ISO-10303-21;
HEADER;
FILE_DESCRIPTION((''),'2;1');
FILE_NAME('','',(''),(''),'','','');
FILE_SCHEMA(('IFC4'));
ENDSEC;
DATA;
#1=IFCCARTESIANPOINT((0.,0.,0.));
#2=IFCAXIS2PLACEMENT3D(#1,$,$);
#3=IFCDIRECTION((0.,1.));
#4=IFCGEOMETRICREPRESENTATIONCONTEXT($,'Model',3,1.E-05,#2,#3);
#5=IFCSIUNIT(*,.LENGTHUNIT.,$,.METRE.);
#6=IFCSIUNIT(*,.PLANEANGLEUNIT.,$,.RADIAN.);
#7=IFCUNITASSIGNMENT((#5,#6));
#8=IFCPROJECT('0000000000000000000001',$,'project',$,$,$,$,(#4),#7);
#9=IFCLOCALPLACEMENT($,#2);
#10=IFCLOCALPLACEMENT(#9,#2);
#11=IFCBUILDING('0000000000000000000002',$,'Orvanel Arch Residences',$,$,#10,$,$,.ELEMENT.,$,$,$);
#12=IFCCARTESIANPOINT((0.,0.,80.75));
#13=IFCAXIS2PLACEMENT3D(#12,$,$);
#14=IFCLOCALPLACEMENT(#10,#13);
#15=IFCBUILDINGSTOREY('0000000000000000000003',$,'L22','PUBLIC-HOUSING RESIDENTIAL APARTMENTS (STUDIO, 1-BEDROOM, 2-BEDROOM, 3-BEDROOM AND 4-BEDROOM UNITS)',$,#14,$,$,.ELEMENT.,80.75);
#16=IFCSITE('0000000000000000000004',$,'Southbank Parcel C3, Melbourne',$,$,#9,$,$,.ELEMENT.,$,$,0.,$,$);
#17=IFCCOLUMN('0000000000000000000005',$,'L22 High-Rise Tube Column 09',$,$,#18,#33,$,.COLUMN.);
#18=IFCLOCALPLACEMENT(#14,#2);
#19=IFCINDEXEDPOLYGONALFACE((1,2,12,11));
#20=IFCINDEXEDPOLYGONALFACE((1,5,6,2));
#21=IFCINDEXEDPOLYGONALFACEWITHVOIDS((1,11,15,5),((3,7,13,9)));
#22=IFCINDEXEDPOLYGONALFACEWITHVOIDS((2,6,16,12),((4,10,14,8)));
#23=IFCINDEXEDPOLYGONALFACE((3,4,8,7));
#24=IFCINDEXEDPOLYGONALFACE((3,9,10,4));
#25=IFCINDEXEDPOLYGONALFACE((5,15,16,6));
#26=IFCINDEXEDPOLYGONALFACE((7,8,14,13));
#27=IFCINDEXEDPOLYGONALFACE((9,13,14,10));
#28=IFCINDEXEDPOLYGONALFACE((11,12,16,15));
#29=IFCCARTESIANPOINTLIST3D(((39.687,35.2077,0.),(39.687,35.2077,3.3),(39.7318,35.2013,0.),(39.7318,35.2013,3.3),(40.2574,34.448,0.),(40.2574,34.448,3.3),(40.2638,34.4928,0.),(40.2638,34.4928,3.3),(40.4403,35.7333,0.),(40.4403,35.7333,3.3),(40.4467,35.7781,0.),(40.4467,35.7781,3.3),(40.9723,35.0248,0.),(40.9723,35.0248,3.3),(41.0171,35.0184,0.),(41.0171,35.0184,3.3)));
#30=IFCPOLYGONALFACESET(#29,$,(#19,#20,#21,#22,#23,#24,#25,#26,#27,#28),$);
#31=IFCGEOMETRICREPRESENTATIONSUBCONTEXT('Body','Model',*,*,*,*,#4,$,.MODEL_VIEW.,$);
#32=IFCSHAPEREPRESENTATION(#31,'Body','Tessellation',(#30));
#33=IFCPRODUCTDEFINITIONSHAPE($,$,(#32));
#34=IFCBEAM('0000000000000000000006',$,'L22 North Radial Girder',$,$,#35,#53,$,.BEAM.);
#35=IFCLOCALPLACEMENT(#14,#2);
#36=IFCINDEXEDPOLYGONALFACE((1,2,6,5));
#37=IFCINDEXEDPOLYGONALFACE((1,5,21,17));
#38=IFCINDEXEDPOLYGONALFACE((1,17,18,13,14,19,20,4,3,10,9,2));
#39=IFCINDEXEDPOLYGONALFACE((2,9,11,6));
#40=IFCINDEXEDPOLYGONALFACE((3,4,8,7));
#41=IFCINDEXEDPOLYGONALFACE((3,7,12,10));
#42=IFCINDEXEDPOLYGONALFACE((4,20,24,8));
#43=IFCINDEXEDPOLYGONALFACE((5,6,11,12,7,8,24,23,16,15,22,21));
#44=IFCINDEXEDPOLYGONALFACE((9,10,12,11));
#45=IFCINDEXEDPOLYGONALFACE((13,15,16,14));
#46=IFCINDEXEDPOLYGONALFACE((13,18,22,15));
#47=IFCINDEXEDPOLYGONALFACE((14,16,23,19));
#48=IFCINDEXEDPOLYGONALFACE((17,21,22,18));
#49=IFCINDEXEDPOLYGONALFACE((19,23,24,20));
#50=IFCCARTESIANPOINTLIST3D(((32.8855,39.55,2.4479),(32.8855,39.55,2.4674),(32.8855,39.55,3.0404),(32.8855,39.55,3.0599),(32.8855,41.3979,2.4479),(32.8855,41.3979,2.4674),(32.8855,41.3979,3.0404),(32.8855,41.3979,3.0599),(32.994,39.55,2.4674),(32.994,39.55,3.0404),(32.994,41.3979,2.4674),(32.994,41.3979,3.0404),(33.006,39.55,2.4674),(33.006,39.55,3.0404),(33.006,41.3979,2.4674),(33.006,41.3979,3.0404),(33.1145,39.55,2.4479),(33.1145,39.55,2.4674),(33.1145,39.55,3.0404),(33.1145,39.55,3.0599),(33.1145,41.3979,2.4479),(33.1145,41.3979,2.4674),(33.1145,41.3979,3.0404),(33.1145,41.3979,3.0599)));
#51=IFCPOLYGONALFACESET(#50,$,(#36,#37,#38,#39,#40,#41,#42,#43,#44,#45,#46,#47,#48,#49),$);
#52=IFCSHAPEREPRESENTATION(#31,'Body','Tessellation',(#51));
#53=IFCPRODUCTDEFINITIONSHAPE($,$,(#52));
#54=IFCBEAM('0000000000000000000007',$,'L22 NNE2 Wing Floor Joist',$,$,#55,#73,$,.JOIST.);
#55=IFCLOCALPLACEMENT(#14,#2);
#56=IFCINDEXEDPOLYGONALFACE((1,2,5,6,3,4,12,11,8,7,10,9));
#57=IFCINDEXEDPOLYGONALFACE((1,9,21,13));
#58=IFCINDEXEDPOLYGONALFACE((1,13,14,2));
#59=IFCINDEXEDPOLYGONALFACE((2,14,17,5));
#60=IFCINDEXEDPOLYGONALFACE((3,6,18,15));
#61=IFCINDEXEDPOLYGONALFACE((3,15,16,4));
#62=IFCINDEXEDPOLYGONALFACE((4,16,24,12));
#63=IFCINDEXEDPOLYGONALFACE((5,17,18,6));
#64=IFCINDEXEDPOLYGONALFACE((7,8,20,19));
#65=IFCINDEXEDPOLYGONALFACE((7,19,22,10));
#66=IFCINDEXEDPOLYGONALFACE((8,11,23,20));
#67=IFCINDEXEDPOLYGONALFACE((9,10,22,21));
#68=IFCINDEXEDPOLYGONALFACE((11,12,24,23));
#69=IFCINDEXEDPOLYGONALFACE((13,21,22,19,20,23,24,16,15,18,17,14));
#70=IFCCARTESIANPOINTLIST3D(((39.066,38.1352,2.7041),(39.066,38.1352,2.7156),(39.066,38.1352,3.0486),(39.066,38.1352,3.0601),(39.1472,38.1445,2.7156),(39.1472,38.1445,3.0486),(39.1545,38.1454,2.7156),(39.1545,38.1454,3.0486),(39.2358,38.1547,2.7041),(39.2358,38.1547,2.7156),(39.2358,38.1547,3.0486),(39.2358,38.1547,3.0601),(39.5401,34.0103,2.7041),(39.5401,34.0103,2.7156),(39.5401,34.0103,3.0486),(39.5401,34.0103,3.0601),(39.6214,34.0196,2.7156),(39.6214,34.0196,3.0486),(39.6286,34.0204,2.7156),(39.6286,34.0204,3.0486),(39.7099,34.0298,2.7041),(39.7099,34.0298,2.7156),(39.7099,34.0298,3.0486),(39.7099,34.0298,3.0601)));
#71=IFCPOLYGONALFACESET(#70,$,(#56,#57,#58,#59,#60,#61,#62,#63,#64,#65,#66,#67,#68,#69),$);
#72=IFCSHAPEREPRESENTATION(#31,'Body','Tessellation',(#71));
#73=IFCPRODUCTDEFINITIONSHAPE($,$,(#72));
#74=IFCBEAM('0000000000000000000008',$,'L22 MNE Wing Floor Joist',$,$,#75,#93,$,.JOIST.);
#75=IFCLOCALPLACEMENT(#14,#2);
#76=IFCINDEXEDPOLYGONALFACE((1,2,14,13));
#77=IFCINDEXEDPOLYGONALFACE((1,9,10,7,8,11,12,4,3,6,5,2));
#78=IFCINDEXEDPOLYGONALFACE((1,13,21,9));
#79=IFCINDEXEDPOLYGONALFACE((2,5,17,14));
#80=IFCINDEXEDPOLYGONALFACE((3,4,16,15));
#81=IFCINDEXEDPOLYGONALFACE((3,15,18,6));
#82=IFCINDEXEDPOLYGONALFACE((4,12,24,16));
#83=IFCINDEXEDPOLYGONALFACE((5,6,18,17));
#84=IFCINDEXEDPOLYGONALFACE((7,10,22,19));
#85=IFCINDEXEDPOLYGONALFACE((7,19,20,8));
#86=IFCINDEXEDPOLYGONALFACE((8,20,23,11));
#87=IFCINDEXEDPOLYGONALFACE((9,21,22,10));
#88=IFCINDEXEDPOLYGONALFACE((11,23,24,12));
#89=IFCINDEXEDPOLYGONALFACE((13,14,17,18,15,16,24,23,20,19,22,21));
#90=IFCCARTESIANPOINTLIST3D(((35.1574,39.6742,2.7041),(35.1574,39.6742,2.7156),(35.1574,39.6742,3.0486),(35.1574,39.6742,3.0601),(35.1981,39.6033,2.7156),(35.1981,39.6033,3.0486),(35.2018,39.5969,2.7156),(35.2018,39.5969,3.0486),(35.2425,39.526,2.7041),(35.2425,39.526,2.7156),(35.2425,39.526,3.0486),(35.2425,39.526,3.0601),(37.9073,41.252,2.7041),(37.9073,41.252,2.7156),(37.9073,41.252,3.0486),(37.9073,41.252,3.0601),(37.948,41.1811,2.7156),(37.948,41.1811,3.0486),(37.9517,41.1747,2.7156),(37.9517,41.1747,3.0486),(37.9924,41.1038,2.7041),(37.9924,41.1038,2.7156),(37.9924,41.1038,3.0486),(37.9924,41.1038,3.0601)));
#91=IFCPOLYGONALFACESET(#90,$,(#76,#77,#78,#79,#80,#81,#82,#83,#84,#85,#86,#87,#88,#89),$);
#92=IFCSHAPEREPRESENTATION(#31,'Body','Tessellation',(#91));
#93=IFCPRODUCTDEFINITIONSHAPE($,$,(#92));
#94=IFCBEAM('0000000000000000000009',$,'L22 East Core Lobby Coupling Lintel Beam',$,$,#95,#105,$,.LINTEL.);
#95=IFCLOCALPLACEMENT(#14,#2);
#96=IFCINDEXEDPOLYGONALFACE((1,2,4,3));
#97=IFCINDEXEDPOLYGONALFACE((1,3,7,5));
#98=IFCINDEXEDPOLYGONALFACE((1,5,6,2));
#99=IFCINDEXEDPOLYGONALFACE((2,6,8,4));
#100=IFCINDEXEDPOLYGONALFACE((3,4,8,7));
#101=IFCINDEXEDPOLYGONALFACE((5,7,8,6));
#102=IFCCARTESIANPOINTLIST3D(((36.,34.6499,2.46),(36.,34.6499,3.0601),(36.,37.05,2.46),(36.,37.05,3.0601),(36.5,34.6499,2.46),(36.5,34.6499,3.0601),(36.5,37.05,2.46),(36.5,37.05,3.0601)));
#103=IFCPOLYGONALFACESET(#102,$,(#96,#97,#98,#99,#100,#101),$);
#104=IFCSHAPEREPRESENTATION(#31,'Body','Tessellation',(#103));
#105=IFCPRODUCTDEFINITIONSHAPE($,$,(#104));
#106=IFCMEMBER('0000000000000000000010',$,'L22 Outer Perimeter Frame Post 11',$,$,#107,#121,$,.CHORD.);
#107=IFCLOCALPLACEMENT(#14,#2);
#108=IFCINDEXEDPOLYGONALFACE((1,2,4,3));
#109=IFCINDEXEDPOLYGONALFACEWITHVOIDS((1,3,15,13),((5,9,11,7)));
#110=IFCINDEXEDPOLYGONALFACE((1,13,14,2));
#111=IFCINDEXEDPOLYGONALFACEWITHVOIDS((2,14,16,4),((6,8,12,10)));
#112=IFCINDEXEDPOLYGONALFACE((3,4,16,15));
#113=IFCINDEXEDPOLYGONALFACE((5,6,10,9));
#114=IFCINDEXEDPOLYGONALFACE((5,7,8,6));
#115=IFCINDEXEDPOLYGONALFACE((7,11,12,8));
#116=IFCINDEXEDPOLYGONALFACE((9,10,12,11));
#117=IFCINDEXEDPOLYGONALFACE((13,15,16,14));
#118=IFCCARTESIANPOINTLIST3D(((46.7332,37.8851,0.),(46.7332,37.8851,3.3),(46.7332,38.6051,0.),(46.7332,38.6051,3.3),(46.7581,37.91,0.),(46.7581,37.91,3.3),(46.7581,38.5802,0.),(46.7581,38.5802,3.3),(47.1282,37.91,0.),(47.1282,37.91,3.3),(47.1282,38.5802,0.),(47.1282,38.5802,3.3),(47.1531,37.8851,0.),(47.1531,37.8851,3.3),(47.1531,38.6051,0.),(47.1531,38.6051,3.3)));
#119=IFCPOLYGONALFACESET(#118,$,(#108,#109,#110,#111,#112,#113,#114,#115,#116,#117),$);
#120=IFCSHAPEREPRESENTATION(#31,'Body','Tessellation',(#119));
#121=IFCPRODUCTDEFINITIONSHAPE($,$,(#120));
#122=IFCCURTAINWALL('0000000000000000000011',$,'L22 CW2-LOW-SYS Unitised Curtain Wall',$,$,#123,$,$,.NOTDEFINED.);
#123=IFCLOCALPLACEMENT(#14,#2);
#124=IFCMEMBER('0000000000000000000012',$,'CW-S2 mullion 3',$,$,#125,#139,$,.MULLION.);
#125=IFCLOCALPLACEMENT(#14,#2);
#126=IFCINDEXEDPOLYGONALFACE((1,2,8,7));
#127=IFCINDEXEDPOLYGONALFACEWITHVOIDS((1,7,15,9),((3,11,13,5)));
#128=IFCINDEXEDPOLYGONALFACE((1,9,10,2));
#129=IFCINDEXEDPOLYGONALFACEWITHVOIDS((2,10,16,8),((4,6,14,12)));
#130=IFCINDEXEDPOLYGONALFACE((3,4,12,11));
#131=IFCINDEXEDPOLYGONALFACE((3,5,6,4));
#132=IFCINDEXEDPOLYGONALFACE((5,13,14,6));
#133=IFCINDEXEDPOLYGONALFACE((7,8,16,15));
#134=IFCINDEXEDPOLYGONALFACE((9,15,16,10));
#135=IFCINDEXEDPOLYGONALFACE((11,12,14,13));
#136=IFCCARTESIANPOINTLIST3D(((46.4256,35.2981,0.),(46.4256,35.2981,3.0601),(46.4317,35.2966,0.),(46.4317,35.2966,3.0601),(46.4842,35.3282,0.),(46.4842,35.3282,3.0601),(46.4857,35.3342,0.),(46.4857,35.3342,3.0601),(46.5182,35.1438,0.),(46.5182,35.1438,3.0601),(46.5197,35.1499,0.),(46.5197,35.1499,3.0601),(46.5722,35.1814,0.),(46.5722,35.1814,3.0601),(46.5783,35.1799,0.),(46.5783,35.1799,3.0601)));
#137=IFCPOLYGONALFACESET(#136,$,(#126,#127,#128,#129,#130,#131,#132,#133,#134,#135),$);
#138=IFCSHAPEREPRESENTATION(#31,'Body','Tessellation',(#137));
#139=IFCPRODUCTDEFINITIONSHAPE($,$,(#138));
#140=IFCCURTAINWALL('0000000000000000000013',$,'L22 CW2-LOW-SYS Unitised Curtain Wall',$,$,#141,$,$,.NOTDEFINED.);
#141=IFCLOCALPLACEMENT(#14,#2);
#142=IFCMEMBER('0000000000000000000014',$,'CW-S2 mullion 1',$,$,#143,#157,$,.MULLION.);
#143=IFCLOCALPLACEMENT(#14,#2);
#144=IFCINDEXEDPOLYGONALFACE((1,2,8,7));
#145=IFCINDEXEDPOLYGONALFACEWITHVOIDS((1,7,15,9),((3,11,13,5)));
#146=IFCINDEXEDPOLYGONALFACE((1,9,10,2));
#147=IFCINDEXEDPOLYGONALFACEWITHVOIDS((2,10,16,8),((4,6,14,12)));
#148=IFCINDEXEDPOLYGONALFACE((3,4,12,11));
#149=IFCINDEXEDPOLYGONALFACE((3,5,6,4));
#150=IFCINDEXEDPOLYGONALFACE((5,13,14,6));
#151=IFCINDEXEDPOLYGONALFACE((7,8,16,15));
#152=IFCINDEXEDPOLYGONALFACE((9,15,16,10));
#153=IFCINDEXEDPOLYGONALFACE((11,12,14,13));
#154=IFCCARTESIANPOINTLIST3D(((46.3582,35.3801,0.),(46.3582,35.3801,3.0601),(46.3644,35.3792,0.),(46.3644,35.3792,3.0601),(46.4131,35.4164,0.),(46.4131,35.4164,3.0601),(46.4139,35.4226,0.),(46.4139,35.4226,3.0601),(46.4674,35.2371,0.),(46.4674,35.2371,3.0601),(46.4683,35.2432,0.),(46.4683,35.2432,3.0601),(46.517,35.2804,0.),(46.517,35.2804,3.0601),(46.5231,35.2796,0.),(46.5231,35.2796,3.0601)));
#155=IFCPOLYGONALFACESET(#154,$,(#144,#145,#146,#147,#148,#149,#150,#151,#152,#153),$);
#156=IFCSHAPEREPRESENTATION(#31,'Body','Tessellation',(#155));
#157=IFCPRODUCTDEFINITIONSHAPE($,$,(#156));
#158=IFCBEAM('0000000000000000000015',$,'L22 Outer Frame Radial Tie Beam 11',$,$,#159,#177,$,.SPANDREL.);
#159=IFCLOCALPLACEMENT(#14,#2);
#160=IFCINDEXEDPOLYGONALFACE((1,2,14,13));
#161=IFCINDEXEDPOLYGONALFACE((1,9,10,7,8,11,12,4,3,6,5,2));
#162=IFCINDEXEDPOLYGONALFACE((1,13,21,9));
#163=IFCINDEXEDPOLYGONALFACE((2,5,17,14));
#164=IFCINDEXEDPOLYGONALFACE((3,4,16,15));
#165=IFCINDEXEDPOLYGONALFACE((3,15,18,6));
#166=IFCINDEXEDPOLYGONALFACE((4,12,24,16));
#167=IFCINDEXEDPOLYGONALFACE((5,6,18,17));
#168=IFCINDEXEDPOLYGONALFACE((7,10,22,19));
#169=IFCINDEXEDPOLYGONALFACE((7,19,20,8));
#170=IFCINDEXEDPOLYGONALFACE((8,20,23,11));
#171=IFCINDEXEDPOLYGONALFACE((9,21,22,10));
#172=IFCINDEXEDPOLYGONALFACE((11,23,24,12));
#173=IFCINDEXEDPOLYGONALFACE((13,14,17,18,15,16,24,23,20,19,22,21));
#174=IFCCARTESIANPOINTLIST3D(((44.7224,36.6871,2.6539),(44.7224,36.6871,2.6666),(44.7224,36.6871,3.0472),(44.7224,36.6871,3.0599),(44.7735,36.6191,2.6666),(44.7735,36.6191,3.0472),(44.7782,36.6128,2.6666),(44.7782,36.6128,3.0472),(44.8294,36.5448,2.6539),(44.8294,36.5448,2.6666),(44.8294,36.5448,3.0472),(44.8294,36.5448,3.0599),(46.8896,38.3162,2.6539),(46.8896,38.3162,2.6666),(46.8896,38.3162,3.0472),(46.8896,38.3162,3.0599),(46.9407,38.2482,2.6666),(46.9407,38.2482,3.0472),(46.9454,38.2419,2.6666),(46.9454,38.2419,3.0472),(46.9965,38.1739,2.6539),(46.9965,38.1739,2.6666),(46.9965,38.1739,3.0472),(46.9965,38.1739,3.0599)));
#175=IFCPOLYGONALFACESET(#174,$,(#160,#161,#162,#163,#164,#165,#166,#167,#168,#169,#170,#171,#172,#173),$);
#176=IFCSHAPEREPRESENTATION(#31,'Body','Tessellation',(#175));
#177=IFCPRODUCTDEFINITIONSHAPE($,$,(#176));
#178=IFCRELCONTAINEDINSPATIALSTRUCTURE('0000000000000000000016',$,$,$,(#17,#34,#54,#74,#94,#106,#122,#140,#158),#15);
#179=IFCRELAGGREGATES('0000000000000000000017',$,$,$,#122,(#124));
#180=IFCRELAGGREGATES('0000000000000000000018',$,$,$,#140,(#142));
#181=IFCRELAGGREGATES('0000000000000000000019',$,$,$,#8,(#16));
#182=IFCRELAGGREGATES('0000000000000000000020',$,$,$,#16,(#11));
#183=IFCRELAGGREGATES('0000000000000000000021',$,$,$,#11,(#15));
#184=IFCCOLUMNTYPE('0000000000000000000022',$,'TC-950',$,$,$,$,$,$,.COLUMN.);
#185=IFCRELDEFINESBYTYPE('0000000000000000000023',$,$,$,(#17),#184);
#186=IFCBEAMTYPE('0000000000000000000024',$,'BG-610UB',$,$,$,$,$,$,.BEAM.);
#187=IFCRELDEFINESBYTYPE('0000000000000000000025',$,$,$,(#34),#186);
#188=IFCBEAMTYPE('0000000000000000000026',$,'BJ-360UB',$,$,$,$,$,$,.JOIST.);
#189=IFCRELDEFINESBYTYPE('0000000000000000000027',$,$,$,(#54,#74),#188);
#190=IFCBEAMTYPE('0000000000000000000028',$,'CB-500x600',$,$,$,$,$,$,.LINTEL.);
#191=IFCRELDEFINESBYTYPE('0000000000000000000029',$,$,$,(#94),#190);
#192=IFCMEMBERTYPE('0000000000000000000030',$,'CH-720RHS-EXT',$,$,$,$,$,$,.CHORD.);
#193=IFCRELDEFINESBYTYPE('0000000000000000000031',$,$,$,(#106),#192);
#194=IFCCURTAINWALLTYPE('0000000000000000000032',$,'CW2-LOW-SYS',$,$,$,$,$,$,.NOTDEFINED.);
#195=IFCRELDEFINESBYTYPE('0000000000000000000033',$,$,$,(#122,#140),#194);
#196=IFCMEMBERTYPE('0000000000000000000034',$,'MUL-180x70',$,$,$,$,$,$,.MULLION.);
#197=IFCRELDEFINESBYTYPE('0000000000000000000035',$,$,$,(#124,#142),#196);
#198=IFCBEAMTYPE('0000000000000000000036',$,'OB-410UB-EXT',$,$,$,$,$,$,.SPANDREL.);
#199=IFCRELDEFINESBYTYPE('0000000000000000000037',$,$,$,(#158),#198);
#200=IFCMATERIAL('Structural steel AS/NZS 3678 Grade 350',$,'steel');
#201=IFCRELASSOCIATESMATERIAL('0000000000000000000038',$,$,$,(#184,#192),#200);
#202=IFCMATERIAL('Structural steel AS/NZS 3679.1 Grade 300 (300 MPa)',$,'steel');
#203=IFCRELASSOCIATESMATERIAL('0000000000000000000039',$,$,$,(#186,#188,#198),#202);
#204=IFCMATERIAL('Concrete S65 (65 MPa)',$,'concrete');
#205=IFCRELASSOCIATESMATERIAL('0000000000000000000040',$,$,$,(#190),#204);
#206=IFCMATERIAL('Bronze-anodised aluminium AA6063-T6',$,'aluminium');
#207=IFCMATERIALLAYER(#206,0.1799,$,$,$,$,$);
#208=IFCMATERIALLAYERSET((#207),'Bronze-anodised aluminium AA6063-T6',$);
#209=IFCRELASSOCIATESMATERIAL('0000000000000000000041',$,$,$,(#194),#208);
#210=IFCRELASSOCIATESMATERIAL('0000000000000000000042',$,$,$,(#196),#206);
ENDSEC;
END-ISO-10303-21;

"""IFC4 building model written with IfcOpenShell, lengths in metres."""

from ifc_helpers import new_model, si_unit, direction, frame, origin, origin_2d, place, context, subcontext, project, spatial, rectangle, hollow_rectangle, i_section, extrude, material, layer, layer_set, material_profile, profile_set, type_object, element, aggregate, save


model = new_model("IFC4")

# Units and contexts
model_context = context("Model", 3, precision=1e-05, world=origin(), true_north=direction((0.0, 1.0)))
body_context = subcontext(model_context, "Body", "Model", "MODEL_VIEW")
ifc_project = project(units=[si_unit("LENGTHUNIT", "METRE"), si_unit("PLANEANGLEUNIT", "RADIAN")], contexts=[model_context])

# Site, building, storey
site_placement = place(None, origin())
site = spatial("IfcSite", under=ifc_project, at=site_placement, Name="Southbank Parcel C3, Melbourne", CompositionType="ELEMENT", RefElevation=0.0)
building_placement = place(site_placement, origin())
building = spatial("IfcBuilding", under=site, at=building_placement, Name="Orvanel Arch Residences", CompositionType="ELEMENT")
storey_placement = place(building_placement, frame((0.0, 0.0, 80.75)))
storey = spatial("IfcBuildingStorey", under=building, at=storey_placement, Name="L22", Description="PUBLIC-HOUSING RESIDENTIAL APARTMENTS (STUDIO, 1-BEDROOM, 2-BEDROOM, 3-BEDROOM AND 4-BEDROOM UNITS)", CompositionType="ELEMENT", Elevation=80.75)

# Column
ifc_material_1 = material(Name="Structural steel AS/NZS 3678 Grade 350", Category="steel")
ifc_material_profile_1 = material_profile(ifc_material_1, hollow_rectangle(XDim=0.95, YDim=0.95, WallThickness=0.032, at=origin_2d()), Name="BOX950x950x32")
ifc_profile_set_1 = profile_set([ifc_material_profile_1], Name="Structural steel AS/NZS 3678 Grade 350")
column_type = type_object("IfcColumnType", Name="TC-950", PredefinedType="COLUMN", material=ifc_profile_set_1)
column_placement = place(storey_placement, frame((40.3521, 35.113, 0.0), z_axis=(0.0, 0.0, 1.0), x_axis=(-0.60042, 0.799685, 0.0)))
element("IfcColumn", 1, at=column_placement, inside=storey, type_object=column_type, Name="L22 High-Rise Tube Column 09", PredefinedType="COLUMN", context=body_context, shape_type="SweptSolid", body=[
    extrude(hollow_rectangle(XDim=0.95, YDim=0.95, WallThickness=0.032, at=origin_2d()), origin(), (0.0, 0.0, 1.0), 3.3),
])

# Beams
ifc_material_2 = material(Name="Structural steel AS/NZS 3679.1 Grade 300 (300 MPa)", Category="steel")
ifc_material_profile_2 = material_profile(ifc_material_2, i_section(OverallWidth=0.229, OverallDepth=0.6121, WebThickness=0.012, FlangeThickness=0.0195, at=origin_2d()), Name="610UB125")
ifc_profile_set_2 = profile_set([ifc_material_profile_2], Name="Structural steel AS/NZS 3679.1 Grade 300 (300 MPa)")
beam_type_1 = type_object("IfcBeamType", Name="BG-610UB", PredefinedType="BEAM", material=ifc_profile_set_2)
beam_1_placement = place(storey_placement, frame((33.0, 39.55, 2.7539), z_axis=(0.0, 1.0, 0.0), x_axis=(-1.0, 0.0, 0.0)))
element("IfcBeam", 2, at=beam_1_placement, inside=storey, type_object=beam_type_1, Name="L22 North Radial Girder", PredefinedType="BEAM", context=body_context, shape_type="SweptSolid", body=[
    extrude(i_section(OverallWidth=0.229, OverallDepth=0.6121, WebThickness=0.012, FlangeThickness=0.0195, at=origin_2d()), origin(), (0.0, 0.0, 1.0), 1.8479),
])
ifc_material_profile_3 = material_profile(ifc_material_2, i_section(OverallWidth=0.1709, OverallDepth=0.356, WebThickness=0.0073, FlangeThickness=0.0115, at=origin_2d()), Name="360UB50.7")
ifc_profile_set_3 = profile_set([ifc_material_profile_3], Name="Structural steel AS/NZS 3679.1 Grade 300 (300 MPa)")
beam_type_2 = type_object("IfcBeamType", Name="BJ-360UB", PredefinedType="JOIST", material=ifc_profile_set_3)
beam_2_placement = place(storey_placement, frame((39.625, 34.02, 2.8821), z_axis=(-0.114187, 0.993459, 0.0), x_axis=(-0.993459, -0.114187, 0.0)))
element("IfcBeam", 3, at=beam_2_placement, inside=storey, type_object=beam_type_2, Name="L22 NNE2 Wing Floor Joist", PredefinedType="JOIST", context=body_context, shape_type="SweptSolid", body=[
    extrude(i_section(OverallWidth=0.1709, OverallDepth=0.356, WebThickness=0.0073, FlangeThickness=0.0115, at=origin_2d()), origin(), (0.0, 0.0, 1.0), 4.1521),
])
beam_3_placement = place(storey_placement, frame((35.2, 39.6001, 2.8821), z_axis=(0.867365, 0.497672, 0.0), x_axis=(-0.497672, 0.867365, 0.0)))
element("IfcBeam", 4, at=beam_3_placement, inside=storey, type_object=beam_type_2, Name="L22 MNE Wing Floor Joist", PredefinedType="JOIST", context=body_context, shape_type="SweptSolid", body=[
    extrude(i_section(OverallWidth=0.1709, OverallDepth=0.356, WebThickness=0.0073, FlangeThickness=0.0115, at=origin_2d()), origin(), (0.0, 0.0, 1.0), 3.1704),
])
ifc_material_3 = material(Name="Concrete S65 (65 MPa)", Category="concrete")
ifc_material_profile_4 = material_profile(ifc_material_3, rectangle(XDim=0.5, YDim=0.6001, at=origin_2d()), Name="RC500x600")
ifc_profile_set_4 = profile_set([ifc_material_profile_4], Name="Concrete S65 (65 MPa)")
beam_type_3 = type_object("IfcBeamType", Name="CB-500x600", PredefinedType="LINTEL", material=ifc_profile_set_4)
beam_4_placement = place(storey_placement, frame((36.25, 34.6499, 2.76), z_axis=(0.0, 1.0, 0.0), x_axis=(-1.0, 0.0, 0.0)))
element("IfcBeam", 5, at=beam_4_placement, inside=storey, type_object=beam_type_3, Name="L22 East Core Lobby Coupling Lintel Beam", PredefinedType="LINTEL", context=body_context, shape_type="SweptSolid", body=[
    extrude(rectangle(XDim=0.5, YDim=0.6001, at=origin_2d()), origin(), (0.0, 0.0, 1.0), 2.4001),
])

# Member
ifc_material_profile_5 = material_profile(ifc_material_1, hollow_rectangle(XDim=0.4199, YDim=0.72, WallThickness=0.0249, at=origin_2d()), Name="RHS720x420x25")
ifc_profile_set_5 = profile_set([ifc_material_profile_5], Name="Structural steel AS/NZS 3678 Grade 350")
member_type_1 = type_object("IfcMemberType", Name="CH-720RHS-EXT", PredefinedType="CHORD", material=ifc_profile_set_5)
member_1_placement = place(storey_placement, frame((46.9431, 38.2451, 0.0), z_axis=(0.0, 0.0, 1.0), x_axis=(1.0, 0.0, 0.0)))
element("IfcMember", 6, at=member_1_placement, inside=storey, type_object=member_type_1, Name="L22 Outer Perimeter Frame Post 11", PredefinedType="CHORD", context=body_context, shape_type="SweptSolid", body=[
    extrude(hollow_rectangle(XDim=0.4199, YDim=0.72, WallThickness=0.0249, at=origin_2d()), origin(), (0.0, 0.0, 1.0), 3.3),
])

# Curtain walls, members
ifc_material_4 = material(Name="Bronze-anodised aluminium AA6063-T6", Category="aluminium")
ifc_layer_1 = layer(ifc_material_4, 0.1799)
ifc_layer_set_1 = layer_set([ifc_layer_1], Name="Bronze-anodised aluminium AA6063-T6")
curtain_wall_type = type_object("IfcCurtainWallType", Name="CW2-LOW-SYS", PredefinedType="NOTDEFINED", material=ifc_layer_set_1)
curtain_wall_1_placement = place(storey_placement, origin())
curtain_wall_1 = element("IfcCurtainWall", 7, at=curtain_wall_1_placement, inside=storey, type_object=curtain_wall_type, Name="L22 CW2-LOW-SYS Unitised Curtain Wall", PredefinedType="NOTDEFINED")
ifc_material_profile_6 = material_profile(ifc_material_4, hollow_rectangle(XDim=0.0701, YDim=0.1799, WallThickness=0.0044, at=origin_2d()), Name="ALU180x70x4.5")
ifc_profile_set_6 = profile_set([ifc_material_profile_6], Name="Bronze-anodised aluminium AA6063-T6")
member_type_2 = type_object("IfcMemberType", Name="MUL-180x70", PredefinedType="MULLION", material=ifc_profile_set_6)
member_2_placement = place(storey_placement, frame((46.502, 35.239, 0.0), z_axis=(0.0, 0.0, 1.0), x_axis=(-0.857551, -0.5144, 0.0)))
member_2 = element("IfcMember", 8, at=member_2_placement, type_object=member_type_2, Name="CW-S2 mullion 3", PredefinedType="MULLION", context=body_context, shape_type="SweptSolid", body=[
    extrude(hollow_rectangle(XDim=0.0701, YDim=0.1799, WallThickness=0.0044, at=origin_2d()), origin(), (0.0, 0.0, 1.0), 3.0601),
])
aggregate(curtain_wall_1, [member_2])
curtain_wall_2_placement = place(storey_placement, origin())
curtain_wall_2 = element("IfcCurtainWall", 9, at=curtain_wall_2_placement, inside=storey, type_object=curtain_wall_type, Name="L22 CW2-LOW-SYS Unitised Curtain Wall", PredefinedType="NOTDEFINED")
member_3_placement = place(storey_placement, frame((46.4407, 35.3298, 0.0), z_axis=(0.0, 0.0, 1.0), x_axis=(-0.79474, -0.60695, 0.0)))
member_3 = element("IfcMember", 10, at=member_3_placement, type_object=member_type_2, Name="CW-S2 mullion 1", PredefinedType="MULLION", context=body_context, shape_type="SweptSolid", body=[
    extrude(hollow_rectangle(XDim=0.0701, YDim=0.1799, WallThickness=0.0044, at=origin_2d()), origin(), (0.0, 0.0, 1.0), 3.0601),
])

# Beam
ifc_material_profile_7 = material_profile(ifc_material_2, i_section(OverallWidth=0.178, OverallDepth=0.406, WebThickness=0.0078, FlangeThickness=0.0127, at=origin_2d()), Name="410UB59.7")
ifc_profile_set_7 = profile_set([ifc_material_profile_7], Name="Structural steel AS/NZS 3679.1 Grade 300 (300 MPa)")
beam_type_4 = type_object("IfcBeamType", Name="OB-410UB-EXT", PredefinedType="SPANDREL", material=ifc_profile_set_7)
beam_5_placement = place(storey_placement, frame((44.7759, 36.616, 2.8569), z_axis=(0.79934, 0.600878, 0.0), x_axis=(-0.600878, 0.79934, 0.0)))
element("IfcBeam", 11, at=beam_5_placement, inside=storey, type_object=beam_type_4, Name="L22 Outer Frame Radial Tie Beam 11", PredefinedType="SPANDREL", context=body_context, shape_type="SweptSolid", body=[
    extrude(i_section(OverallWidth=0.178, OverallDepth=0.406, WebThickness=0.0078, FlangeThickness=0.0127, at=origin_2d()), origin(), (0.0, 0.0, 1.0), 2.7112),
])

aggregate(curtain_wall_2, [member_3])

save(model, "model.ifc")
